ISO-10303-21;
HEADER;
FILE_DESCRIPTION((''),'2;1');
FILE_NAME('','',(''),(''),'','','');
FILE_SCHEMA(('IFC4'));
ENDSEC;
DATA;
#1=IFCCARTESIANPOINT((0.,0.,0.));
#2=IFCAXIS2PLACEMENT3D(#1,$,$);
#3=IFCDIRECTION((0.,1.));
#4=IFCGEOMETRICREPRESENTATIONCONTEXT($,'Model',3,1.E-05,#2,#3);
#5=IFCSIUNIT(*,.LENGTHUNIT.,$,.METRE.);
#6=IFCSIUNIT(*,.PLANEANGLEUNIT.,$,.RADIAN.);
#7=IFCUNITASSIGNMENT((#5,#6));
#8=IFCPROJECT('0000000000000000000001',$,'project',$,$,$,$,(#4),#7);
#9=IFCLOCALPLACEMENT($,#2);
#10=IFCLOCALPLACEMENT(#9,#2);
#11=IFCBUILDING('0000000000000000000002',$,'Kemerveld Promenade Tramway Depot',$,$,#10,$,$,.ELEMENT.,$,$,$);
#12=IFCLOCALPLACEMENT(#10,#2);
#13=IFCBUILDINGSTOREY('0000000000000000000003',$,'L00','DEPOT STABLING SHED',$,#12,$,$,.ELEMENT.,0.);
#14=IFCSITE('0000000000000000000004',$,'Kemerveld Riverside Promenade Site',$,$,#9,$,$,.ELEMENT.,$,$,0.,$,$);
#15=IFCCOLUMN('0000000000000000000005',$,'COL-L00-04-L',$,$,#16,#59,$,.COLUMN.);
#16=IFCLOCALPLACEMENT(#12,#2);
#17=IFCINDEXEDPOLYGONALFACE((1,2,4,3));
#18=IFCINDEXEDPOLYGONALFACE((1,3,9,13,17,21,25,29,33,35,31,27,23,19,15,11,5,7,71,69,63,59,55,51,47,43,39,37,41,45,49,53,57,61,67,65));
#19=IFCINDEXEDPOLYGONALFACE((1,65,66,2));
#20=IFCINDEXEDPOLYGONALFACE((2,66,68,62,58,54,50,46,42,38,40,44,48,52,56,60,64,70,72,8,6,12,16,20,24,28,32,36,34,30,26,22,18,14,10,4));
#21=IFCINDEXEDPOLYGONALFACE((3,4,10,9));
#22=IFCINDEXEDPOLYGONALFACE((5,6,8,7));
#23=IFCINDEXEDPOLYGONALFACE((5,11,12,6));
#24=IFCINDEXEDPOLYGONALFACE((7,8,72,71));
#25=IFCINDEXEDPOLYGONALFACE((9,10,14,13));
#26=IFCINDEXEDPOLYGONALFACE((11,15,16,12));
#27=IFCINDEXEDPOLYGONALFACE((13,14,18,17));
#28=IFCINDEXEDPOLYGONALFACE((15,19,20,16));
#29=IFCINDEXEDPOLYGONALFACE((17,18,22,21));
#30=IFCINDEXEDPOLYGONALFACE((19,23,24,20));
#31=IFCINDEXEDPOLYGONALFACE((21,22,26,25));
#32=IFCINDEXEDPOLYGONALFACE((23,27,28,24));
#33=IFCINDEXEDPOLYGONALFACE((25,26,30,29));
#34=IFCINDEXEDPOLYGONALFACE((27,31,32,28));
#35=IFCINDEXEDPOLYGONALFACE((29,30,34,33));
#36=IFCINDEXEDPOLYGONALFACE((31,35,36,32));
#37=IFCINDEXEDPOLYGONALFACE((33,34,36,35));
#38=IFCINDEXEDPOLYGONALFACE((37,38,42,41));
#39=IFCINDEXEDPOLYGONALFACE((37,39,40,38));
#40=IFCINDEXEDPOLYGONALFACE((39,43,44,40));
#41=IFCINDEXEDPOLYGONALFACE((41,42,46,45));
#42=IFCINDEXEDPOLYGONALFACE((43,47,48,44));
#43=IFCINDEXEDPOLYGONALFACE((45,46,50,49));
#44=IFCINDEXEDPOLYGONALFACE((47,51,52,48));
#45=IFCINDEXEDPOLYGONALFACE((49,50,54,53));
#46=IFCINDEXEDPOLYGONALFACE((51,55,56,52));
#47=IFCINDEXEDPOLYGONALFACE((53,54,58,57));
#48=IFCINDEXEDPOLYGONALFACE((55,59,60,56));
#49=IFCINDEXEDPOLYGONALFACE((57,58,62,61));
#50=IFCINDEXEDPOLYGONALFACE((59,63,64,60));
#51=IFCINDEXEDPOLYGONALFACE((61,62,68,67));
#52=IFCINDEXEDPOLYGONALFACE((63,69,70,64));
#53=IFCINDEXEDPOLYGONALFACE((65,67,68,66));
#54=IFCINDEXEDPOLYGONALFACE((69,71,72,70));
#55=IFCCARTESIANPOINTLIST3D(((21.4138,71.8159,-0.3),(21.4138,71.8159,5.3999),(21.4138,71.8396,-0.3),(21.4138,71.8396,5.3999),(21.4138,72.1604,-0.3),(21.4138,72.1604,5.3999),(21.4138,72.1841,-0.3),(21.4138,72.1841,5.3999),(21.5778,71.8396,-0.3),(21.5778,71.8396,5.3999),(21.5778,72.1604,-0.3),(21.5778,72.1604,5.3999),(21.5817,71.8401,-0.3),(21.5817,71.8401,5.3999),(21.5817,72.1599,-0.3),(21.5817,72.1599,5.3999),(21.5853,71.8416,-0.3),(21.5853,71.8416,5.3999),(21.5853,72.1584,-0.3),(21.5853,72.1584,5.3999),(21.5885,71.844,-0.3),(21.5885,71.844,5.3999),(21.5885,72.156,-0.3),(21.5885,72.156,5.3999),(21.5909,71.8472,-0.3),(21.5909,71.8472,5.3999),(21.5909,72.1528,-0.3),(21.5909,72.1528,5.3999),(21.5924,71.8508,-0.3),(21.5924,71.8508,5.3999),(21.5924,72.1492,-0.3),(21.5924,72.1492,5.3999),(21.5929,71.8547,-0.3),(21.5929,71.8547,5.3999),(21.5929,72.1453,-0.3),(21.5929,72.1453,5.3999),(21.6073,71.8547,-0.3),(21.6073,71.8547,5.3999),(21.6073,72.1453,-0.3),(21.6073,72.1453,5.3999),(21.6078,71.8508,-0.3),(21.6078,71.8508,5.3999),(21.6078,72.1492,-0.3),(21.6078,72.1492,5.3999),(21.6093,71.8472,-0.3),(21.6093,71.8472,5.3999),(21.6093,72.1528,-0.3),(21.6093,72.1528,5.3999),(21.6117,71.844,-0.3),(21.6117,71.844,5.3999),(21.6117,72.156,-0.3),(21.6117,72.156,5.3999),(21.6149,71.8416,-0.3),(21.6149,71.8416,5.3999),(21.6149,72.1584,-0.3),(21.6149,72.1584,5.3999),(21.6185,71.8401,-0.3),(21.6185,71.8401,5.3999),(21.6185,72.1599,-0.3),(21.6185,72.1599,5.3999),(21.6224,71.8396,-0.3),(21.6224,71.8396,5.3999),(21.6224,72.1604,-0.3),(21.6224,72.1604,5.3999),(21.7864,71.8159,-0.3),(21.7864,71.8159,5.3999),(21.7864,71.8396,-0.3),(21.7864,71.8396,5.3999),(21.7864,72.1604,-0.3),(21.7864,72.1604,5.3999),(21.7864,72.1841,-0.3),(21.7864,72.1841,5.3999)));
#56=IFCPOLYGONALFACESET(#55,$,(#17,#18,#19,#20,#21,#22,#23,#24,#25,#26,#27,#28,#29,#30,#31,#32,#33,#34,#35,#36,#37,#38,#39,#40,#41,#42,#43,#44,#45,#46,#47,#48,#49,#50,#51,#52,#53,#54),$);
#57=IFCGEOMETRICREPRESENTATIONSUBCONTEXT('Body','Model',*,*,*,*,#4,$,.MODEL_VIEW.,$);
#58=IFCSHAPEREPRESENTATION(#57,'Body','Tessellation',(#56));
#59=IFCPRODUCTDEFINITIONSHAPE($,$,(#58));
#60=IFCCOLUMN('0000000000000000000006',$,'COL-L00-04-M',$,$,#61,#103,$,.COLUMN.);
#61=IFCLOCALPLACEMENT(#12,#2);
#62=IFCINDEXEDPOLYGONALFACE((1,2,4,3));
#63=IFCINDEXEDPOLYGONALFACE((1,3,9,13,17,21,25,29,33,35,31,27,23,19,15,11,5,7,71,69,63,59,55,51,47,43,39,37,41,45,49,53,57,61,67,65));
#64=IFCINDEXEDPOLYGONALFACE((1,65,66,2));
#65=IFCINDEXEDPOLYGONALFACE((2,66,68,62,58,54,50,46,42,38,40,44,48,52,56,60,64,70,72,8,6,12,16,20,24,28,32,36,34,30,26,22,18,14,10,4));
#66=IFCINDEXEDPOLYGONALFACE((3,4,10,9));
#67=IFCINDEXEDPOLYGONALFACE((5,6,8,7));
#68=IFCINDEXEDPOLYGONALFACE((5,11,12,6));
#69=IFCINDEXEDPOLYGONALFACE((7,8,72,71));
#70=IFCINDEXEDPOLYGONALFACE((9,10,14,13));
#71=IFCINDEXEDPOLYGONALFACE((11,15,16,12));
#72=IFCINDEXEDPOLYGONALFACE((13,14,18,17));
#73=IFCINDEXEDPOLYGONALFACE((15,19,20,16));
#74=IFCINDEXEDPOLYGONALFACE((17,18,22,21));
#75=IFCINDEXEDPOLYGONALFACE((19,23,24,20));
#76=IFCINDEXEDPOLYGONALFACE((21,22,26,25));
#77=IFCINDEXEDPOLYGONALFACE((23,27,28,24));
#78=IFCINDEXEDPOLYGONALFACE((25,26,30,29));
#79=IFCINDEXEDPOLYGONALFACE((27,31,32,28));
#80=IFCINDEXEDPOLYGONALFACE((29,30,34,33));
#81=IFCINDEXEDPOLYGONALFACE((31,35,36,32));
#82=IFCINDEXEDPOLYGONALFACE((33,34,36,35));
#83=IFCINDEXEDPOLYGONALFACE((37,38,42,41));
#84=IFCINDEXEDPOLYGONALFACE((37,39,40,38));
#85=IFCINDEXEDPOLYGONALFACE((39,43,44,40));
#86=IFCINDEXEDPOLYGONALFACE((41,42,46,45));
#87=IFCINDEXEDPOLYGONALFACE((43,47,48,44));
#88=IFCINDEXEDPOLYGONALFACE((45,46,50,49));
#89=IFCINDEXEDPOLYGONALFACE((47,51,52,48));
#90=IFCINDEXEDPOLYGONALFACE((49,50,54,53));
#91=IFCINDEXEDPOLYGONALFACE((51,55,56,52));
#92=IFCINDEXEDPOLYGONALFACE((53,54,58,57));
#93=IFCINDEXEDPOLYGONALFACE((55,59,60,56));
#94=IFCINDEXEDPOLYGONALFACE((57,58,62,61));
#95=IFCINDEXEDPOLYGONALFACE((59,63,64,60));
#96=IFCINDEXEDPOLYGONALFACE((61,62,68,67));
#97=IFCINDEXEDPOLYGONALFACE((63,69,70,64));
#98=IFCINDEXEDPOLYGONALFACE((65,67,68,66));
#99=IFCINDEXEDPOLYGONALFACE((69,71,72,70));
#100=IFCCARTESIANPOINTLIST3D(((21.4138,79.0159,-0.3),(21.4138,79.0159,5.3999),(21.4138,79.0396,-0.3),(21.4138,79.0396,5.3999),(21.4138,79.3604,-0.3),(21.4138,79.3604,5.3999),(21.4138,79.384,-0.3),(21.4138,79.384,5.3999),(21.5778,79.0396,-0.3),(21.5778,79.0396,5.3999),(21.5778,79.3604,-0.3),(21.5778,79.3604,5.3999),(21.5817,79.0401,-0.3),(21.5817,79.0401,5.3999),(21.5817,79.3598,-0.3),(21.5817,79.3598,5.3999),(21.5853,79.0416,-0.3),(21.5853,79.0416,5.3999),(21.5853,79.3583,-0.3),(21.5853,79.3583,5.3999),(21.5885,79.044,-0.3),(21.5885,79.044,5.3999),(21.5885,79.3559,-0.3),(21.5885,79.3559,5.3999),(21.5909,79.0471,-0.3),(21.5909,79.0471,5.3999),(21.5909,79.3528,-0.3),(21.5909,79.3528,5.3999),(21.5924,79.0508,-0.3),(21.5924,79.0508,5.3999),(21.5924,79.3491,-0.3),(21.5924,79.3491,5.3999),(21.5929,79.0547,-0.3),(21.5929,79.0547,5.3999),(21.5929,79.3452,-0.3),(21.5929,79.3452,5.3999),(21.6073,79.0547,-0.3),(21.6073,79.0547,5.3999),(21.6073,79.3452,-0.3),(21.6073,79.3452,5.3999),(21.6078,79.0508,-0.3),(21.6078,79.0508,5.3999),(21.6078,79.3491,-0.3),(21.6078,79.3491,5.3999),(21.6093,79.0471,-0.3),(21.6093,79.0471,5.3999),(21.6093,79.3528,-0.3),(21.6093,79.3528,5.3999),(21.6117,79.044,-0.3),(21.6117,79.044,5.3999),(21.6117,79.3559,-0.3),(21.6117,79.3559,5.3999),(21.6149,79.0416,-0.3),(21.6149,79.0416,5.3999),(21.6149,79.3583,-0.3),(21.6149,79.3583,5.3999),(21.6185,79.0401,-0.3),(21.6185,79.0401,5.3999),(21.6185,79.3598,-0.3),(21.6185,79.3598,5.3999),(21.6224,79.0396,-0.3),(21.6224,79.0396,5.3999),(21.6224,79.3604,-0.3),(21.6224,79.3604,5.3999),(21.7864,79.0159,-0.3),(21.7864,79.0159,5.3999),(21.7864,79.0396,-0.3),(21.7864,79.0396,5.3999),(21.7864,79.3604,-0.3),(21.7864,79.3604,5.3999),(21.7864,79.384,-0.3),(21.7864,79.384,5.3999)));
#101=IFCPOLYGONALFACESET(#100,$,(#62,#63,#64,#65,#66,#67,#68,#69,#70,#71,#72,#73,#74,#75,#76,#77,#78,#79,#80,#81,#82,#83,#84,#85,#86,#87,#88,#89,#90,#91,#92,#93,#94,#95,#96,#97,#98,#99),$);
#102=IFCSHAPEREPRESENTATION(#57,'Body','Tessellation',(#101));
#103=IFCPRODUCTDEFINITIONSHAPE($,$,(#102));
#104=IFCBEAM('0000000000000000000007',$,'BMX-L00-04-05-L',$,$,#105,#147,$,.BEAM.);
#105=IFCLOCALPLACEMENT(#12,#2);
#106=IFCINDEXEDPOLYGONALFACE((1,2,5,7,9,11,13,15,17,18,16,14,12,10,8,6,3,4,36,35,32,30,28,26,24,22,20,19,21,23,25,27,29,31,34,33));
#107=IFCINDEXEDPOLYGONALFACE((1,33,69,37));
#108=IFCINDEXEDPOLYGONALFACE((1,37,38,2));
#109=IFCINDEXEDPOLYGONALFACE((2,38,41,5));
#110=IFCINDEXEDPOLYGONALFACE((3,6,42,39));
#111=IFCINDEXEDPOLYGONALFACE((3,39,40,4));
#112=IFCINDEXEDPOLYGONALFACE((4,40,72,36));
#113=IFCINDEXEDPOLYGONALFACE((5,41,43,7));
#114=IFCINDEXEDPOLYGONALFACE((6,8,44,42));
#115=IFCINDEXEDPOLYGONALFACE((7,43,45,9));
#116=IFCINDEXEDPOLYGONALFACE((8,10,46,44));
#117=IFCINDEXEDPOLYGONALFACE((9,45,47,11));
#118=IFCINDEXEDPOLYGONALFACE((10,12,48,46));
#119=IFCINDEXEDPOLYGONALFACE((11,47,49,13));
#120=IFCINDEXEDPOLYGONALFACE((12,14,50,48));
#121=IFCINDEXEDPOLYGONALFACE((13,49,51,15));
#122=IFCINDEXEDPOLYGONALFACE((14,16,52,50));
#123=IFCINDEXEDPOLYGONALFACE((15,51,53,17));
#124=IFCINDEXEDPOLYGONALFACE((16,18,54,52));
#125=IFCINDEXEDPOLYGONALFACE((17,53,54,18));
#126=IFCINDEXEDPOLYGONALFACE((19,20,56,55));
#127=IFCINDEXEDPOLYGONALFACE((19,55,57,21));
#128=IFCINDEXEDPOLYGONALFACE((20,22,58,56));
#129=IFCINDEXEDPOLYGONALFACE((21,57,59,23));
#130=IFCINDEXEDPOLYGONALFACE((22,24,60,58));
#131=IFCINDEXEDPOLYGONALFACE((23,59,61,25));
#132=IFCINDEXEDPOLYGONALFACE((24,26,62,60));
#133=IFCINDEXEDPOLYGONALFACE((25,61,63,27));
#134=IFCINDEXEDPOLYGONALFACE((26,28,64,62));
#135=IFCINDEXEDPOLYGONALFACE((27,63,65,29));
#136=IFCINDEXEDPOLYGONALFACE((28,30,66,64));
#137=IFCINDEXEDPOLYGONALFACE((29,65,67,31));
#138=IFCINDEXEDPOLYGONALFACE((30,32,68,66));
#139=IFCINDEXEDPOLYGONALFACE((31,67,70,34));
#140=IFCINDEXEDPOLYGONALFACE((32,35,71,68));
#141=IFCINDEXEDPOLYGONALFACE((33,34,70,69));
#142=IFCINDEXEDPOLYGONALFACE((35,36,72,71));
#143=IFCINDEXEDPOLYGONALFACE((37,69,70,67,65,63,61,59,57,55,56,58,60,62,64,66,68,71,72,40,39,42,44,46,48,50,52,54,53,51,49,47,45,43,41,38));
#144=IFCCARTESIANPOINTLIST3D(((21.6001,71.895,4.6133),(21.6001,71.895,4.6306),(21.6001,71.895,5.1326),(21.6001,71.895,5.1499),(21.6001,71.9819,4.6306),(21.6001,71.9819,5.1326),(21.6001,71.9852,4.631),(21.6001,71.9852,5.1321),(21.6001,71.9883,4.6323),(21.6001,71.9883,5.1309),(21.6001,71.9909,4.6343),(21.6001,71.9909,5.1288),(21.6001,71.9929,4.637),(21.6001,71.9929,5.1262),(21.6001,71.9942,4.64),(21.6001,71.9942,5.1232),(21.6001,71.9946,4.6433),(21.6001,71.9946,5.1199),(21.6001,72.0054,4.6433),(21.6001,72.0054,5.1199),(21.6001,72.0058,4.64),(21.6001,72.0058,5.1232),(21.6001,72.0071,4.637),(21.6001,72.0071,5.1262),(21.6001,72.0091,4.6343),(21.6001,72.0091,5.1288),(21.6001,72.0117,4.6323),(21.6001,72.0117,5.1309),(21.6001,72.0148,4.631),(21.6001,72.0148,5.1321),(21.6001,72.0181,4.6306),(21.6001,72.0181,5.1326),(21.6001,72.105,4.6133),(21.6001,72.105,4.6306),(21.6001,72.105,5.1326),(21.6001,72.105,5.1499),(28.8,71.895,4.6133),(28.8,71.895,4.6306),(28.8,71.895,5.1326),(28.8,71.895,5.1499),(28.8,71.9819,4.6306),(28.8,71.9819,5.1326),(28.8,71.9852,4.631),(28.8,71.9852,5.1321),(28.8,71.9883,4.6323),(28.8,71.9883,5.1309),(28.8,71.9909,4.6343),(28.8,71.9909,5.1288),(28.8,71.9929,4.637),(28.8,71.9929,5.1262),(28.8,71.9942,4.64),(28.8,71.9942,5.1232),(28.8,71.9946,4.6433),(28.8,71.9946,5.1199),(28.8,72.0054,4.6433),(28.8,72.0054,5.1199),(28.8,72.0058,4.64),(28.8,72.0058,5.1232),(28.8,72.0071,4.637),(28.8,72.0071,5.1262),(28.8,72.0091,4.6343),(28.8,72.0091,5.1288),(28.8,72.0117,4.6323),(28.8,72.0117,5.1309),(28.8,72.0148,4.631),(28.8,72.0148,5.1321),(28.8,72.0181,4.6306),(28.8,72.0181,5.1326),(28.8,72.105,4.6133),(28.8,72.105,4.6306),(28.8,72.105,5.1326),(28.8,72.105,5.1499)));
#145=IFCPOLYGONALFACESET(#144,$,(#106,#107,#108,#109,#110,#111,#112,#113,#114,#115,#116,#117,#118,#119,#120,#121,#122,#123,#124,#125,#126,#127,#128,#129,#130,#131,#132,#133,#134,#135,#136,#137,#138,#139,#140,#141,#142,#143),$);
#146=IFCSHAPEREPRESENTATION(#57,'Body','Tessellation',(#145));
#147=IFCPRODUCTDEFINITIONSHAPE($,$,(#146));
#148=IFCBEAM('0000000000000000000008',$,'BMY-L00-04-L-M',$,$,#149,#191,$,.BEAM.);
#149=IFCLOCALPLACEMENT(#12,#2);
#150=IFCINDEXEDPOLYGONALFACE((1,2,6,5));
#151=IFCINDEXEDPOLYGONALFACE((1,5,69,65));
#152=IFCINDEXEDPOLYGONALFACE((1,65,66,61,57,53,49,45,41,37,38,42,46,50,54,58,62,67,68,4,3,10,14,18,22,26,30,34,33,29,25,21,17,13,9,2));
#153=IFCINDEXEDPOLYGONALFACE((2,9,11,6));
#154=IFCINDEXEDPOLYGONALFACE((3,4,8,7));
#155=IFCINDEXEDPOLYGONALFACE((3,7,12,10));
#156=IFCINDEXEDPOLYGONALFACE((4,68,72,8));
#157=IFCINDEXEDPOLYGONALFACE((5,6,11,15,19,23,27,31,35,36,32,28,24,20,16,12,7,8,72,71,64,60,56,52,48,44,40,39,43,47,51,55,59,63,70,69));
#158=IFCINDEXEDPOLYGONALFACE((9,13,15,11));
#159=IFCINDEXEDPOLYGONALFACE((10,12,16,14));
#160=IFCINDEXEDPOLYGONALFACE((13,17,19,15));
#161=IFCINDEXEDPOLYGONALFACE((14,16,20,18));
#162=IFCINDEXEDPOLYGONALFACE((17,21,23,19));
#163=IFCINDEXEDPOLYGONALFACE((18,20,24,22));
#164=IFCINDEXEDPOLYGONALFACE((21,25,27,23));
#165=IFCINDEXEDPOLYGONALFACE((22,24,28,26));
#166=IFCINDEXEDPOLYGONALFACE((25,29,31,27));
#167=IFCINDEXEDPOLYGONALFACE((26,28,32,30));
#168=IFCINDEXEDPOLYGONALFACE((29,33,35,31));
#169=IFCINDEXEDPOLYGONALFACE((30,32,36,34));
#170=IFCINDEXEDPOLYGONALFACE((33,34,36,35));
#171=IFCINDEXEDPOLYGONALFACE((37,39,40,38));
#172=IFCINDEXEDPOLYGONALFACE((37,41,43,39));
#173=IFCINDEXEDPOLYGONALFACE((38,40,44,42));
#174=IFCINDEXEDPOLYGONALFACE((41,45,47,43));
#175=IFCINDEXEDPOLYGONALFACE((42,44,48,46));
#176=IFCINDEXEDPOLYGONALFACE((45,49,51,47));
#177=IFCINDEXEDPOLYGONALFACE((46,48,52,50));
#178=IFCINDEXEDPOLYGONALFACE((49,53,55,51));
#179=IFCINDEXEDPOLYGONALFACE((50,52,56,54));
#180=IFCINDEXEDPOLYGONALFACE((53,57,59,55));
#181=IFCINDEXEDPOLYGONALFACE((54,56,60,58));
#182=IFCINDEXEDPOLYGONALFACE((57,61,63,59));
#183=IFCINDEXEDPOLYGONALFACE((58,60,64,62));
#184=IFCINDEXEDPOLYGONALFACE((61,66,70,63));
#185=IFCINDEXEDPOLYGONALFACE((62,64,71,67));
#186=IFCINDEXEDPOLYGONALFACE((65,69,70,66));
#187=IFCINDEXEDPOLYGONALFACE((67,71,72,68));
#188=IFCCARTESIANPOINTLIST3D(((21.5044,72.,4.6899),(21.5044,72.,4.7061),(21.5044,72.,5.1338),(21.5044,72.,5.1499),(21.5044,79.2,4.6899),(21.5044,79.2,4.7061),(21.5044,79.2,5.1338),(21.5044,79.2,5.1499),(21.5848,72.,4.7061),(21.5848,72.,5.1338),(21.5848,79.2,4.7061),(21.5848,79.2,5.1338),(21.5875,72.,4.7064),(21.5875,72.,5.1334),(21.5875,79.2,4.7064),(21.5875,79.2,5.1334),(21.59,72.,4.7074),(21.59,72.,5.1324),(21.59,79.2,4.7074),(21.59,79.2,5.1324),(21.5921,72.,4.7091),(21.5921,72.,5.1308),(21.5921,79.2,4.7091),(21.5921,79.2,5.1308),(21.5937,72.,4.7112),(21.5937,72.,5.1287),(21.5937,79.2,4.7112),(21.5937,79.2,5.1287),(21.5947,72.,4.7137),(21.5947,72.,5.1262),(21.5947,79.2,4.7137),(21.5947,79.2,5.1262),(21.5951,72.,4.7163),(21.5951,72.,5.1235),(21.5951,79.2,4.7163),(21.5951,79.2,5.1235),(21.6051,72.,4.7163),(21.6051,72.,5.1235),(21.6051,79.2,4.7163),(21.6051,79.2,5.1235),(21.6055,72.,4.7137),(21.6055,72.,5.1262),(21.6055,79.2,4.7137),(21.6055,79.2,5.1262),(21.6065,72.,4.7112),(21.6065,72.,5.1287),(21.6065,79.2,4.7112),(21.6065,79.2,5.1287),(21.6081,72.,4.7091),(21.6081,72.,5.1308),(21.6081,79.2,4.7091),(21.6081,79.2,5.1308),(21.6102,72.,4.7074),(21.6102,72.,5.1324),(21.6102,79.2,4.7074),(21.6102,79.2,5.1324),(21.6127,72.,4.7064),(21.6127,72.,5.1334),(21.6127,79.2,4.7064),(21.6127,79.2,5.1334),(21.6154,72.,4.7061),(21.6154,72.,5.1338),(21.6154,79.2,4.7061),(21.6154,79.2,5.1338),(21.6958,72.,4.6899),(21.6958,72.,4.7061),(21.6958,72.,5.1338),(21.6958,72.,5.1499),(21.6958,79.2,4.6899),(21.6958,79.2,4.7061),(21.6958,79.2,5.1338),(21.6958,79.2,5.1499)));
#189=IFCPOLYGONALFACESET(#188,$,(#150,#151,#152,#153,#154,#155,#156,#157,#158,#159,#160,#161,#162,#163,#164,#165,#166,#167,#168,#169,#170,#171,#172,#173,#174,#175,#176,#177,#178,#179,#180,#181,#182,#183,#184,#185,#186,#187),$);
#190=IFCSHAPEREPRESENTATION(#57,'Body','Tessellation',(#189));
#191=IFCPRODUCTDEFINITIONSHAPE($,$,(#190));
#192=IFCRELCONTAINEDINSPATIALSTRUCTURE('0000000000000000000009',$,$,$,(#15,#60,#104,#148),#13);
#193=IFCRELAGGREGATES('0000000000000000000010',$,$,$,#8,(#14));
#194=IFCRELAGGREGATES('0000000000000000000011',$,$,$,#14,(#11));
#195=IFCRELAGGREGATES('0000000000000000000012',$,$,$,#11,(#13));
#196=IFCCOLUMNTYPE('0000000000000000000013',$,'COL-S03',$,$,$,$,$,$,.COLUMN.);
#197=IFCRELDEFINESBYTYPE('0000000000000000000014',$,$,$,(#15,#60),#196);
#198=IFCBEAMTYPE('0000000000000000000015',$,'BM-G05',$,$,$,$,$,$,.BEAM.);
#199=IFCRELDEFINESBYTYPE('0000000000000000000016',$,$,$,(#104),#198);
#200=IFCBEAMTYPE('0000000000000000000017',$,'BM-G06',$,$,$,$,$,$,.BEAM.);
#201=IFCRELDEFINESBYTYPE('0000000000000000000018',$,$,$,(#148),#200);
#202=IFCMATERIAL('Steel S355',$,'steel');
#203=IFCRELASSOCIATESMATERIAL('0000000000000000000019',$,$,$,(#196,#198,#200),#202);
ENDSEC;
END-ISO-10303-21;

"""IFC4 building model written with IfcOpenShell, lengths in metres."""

from ifc_helpers import new_model, si_unit, direction, frame, origin, origin_2d, place, context, subcontext, project, spatial, i_section, extrude, material, material_profile, profile_set, type_object, element, save


model = new_model("IFC4")

# Units and contexts
model_context = context("Model", 3, precision=1e-05, world=origin(), true_north=direction((0.0, 1.0)))
body_context = subcontext(model_context, "Body", "Model", "MODEL_VIEW")
ifc_project = project(units=[si_unit("LENGTHUNIT", "METRE"), si_unit("PLANEANGLEUNIT", "RADIAN")], contexts=[model_context])

# Site, building, storey
site_placement = place(None, origin())
site = spatial("IfcSite", under=ifc_project, at=site_placement, Name="Kemerveld Riverside Promenade Site", CompositionType="ELEMENT", RefElevation=0.0)
building_placement = place(site_placement, origin())
building = spatial("IfcBuilding", under=site, at=building_placement, Name="Kemerveld Promenade Tramway Depot", CompositionType="ELEMENT")
storey_placement = place(building_placement, origin())
storey = spatial("IfcBuildingStorey", under=building, at=storey_placement, Name="L00", Description="DEPOT STABLING SHED", CompositionType="ELEMENT", Elevation=0.0)

# Columns
ifc_material_1 = material(Name="Steel S355", Category="steel")
ifc_material_profile_1 = material_profile(ifc_material_1, i_section(OverallWidth=0.3726, OverallDepth=0.3682, WebThickness=0.0144, FlangeThickness=0.0237, FilletRadius=0.0151, at=origin_2d()), Name="356x368x177 UC")
ifc_profile_set_1 = profile_set([ifc_material_profile_1], Name="Steel S355")
column_type = type_object("IfcColumnType", Name="COL-S03", PredefinedType="COLUMN", material=ifc_profile_set_1)
for number, where, z_axis, x_axis, name in (
    (1, (21.6001, 72.0, -0.3), (0.0, 0.0, 1.0), (1.0, 0.0, 0.0), "COL-L00-04-L"),
    (2, (21.6001, 79.2, -0.3), (0.0, 0.0, 1.0), (1.0, 0.0, 0.0), "COL-L00-04-M"),
):
    element("IfcColumn", number, at=place(storey_placement, frame(where, z_axis=z_axis, x_axis=x_axis)), inside=storey, type_object=column_type, Name=name, PredefinedType="COLUMN", context=body_context, shape_type="SweptSolid", body=[
        extrude(i_section(OverallWidth=0.3726, OverallDepth=0.3682, WebThickness=0.0144, FlangeThickness=0.0237, FilletRadius=0.0151, at=origin_2d()), origin(), (0.0, 0.0, 1.0), 5.7),
    ])

# Beams
ifc_material_profile_2 = material_profile(ifc_material_1, i_section(OverallWidth=0.21, OverallDepth=0.5366, WebThickness=0.0107, FlangeThickness=0.0173, FilletRadius=0.0127, at=origin_2d()), Name="533x210x101 UB")
ifc_profile_set_2 = profile_set([ifc_material_profile_2], Name="Steel S355")
beam_type_1 = type_object("IfcBeamType", Name="BM-G05", PredefinedType="BEAM", material=ifc_profile_set_2)
beam_1_placement = place(storey_placement, frame((21.6001, 72.0, 4.8816), z_axis=(1.0, 0.0, 0.0), x_axis=(0.0, 1.0, 0.0)))
element("IfcBeam", 3, at=beam_1_placement, inside=storey, type_object=beam_type_1, Name="BMX-L00-04-05-L", PredefinedType="BEAM", context=body_context, shape_type="SweptSolid", body=[
    extrude(i_section(OverallWidth=0.21, OverallDepth=0.5366, WebThickness=0.0107, FlangeThickness=0.0173, FilletRadius=0.0127, at=origin_2d()), origin(), (0.0, 0.0, 1.0), 7.2),
])
ifc_material_profile_3 = material_profile(ifc_material_1, i_section(OverallWidth=0.1914, OverallDepth=0.46, WebThickness=0.01, FlangeThickness=0.0161, FilletRadius=0.0103, at=origin_2d()), Name="457x191x82 UB")
ifc_profile_set_3 = profile_set([ifc_material_profile_3], Name="Steel S355")
beam_type_2 = type_object("IfcBeamType", Name="BM-G06", PredefinedType="BEAM", material=ifc_profile_set_3)
beam_2_placement = place(storey_placement, frame((21.6001, 72.0, 4.9199), z_axis=(0.0, 1.0, 0.0), x_axis=(-1.0, 0.0, 0.0)))
element("IfcBeam", 4, at=beam_2_placement, inside=storey, type_object=beam_type_2, Name="BMY-L00-04-L-M", PredefinedType="BEAM", context=body_context, shape_type="SweptSolid", body=[
    extrude(i_section(OverallWidth=0.1914, OverallDepth=0.46, WebThickness=0.01, FlangeThickness=0.0161, FilletRadius=0.0103, at=origin_2d()), origin(), (0.0, 0.0, 1.0), 7.2),
])

save(model, "model.ifc")
